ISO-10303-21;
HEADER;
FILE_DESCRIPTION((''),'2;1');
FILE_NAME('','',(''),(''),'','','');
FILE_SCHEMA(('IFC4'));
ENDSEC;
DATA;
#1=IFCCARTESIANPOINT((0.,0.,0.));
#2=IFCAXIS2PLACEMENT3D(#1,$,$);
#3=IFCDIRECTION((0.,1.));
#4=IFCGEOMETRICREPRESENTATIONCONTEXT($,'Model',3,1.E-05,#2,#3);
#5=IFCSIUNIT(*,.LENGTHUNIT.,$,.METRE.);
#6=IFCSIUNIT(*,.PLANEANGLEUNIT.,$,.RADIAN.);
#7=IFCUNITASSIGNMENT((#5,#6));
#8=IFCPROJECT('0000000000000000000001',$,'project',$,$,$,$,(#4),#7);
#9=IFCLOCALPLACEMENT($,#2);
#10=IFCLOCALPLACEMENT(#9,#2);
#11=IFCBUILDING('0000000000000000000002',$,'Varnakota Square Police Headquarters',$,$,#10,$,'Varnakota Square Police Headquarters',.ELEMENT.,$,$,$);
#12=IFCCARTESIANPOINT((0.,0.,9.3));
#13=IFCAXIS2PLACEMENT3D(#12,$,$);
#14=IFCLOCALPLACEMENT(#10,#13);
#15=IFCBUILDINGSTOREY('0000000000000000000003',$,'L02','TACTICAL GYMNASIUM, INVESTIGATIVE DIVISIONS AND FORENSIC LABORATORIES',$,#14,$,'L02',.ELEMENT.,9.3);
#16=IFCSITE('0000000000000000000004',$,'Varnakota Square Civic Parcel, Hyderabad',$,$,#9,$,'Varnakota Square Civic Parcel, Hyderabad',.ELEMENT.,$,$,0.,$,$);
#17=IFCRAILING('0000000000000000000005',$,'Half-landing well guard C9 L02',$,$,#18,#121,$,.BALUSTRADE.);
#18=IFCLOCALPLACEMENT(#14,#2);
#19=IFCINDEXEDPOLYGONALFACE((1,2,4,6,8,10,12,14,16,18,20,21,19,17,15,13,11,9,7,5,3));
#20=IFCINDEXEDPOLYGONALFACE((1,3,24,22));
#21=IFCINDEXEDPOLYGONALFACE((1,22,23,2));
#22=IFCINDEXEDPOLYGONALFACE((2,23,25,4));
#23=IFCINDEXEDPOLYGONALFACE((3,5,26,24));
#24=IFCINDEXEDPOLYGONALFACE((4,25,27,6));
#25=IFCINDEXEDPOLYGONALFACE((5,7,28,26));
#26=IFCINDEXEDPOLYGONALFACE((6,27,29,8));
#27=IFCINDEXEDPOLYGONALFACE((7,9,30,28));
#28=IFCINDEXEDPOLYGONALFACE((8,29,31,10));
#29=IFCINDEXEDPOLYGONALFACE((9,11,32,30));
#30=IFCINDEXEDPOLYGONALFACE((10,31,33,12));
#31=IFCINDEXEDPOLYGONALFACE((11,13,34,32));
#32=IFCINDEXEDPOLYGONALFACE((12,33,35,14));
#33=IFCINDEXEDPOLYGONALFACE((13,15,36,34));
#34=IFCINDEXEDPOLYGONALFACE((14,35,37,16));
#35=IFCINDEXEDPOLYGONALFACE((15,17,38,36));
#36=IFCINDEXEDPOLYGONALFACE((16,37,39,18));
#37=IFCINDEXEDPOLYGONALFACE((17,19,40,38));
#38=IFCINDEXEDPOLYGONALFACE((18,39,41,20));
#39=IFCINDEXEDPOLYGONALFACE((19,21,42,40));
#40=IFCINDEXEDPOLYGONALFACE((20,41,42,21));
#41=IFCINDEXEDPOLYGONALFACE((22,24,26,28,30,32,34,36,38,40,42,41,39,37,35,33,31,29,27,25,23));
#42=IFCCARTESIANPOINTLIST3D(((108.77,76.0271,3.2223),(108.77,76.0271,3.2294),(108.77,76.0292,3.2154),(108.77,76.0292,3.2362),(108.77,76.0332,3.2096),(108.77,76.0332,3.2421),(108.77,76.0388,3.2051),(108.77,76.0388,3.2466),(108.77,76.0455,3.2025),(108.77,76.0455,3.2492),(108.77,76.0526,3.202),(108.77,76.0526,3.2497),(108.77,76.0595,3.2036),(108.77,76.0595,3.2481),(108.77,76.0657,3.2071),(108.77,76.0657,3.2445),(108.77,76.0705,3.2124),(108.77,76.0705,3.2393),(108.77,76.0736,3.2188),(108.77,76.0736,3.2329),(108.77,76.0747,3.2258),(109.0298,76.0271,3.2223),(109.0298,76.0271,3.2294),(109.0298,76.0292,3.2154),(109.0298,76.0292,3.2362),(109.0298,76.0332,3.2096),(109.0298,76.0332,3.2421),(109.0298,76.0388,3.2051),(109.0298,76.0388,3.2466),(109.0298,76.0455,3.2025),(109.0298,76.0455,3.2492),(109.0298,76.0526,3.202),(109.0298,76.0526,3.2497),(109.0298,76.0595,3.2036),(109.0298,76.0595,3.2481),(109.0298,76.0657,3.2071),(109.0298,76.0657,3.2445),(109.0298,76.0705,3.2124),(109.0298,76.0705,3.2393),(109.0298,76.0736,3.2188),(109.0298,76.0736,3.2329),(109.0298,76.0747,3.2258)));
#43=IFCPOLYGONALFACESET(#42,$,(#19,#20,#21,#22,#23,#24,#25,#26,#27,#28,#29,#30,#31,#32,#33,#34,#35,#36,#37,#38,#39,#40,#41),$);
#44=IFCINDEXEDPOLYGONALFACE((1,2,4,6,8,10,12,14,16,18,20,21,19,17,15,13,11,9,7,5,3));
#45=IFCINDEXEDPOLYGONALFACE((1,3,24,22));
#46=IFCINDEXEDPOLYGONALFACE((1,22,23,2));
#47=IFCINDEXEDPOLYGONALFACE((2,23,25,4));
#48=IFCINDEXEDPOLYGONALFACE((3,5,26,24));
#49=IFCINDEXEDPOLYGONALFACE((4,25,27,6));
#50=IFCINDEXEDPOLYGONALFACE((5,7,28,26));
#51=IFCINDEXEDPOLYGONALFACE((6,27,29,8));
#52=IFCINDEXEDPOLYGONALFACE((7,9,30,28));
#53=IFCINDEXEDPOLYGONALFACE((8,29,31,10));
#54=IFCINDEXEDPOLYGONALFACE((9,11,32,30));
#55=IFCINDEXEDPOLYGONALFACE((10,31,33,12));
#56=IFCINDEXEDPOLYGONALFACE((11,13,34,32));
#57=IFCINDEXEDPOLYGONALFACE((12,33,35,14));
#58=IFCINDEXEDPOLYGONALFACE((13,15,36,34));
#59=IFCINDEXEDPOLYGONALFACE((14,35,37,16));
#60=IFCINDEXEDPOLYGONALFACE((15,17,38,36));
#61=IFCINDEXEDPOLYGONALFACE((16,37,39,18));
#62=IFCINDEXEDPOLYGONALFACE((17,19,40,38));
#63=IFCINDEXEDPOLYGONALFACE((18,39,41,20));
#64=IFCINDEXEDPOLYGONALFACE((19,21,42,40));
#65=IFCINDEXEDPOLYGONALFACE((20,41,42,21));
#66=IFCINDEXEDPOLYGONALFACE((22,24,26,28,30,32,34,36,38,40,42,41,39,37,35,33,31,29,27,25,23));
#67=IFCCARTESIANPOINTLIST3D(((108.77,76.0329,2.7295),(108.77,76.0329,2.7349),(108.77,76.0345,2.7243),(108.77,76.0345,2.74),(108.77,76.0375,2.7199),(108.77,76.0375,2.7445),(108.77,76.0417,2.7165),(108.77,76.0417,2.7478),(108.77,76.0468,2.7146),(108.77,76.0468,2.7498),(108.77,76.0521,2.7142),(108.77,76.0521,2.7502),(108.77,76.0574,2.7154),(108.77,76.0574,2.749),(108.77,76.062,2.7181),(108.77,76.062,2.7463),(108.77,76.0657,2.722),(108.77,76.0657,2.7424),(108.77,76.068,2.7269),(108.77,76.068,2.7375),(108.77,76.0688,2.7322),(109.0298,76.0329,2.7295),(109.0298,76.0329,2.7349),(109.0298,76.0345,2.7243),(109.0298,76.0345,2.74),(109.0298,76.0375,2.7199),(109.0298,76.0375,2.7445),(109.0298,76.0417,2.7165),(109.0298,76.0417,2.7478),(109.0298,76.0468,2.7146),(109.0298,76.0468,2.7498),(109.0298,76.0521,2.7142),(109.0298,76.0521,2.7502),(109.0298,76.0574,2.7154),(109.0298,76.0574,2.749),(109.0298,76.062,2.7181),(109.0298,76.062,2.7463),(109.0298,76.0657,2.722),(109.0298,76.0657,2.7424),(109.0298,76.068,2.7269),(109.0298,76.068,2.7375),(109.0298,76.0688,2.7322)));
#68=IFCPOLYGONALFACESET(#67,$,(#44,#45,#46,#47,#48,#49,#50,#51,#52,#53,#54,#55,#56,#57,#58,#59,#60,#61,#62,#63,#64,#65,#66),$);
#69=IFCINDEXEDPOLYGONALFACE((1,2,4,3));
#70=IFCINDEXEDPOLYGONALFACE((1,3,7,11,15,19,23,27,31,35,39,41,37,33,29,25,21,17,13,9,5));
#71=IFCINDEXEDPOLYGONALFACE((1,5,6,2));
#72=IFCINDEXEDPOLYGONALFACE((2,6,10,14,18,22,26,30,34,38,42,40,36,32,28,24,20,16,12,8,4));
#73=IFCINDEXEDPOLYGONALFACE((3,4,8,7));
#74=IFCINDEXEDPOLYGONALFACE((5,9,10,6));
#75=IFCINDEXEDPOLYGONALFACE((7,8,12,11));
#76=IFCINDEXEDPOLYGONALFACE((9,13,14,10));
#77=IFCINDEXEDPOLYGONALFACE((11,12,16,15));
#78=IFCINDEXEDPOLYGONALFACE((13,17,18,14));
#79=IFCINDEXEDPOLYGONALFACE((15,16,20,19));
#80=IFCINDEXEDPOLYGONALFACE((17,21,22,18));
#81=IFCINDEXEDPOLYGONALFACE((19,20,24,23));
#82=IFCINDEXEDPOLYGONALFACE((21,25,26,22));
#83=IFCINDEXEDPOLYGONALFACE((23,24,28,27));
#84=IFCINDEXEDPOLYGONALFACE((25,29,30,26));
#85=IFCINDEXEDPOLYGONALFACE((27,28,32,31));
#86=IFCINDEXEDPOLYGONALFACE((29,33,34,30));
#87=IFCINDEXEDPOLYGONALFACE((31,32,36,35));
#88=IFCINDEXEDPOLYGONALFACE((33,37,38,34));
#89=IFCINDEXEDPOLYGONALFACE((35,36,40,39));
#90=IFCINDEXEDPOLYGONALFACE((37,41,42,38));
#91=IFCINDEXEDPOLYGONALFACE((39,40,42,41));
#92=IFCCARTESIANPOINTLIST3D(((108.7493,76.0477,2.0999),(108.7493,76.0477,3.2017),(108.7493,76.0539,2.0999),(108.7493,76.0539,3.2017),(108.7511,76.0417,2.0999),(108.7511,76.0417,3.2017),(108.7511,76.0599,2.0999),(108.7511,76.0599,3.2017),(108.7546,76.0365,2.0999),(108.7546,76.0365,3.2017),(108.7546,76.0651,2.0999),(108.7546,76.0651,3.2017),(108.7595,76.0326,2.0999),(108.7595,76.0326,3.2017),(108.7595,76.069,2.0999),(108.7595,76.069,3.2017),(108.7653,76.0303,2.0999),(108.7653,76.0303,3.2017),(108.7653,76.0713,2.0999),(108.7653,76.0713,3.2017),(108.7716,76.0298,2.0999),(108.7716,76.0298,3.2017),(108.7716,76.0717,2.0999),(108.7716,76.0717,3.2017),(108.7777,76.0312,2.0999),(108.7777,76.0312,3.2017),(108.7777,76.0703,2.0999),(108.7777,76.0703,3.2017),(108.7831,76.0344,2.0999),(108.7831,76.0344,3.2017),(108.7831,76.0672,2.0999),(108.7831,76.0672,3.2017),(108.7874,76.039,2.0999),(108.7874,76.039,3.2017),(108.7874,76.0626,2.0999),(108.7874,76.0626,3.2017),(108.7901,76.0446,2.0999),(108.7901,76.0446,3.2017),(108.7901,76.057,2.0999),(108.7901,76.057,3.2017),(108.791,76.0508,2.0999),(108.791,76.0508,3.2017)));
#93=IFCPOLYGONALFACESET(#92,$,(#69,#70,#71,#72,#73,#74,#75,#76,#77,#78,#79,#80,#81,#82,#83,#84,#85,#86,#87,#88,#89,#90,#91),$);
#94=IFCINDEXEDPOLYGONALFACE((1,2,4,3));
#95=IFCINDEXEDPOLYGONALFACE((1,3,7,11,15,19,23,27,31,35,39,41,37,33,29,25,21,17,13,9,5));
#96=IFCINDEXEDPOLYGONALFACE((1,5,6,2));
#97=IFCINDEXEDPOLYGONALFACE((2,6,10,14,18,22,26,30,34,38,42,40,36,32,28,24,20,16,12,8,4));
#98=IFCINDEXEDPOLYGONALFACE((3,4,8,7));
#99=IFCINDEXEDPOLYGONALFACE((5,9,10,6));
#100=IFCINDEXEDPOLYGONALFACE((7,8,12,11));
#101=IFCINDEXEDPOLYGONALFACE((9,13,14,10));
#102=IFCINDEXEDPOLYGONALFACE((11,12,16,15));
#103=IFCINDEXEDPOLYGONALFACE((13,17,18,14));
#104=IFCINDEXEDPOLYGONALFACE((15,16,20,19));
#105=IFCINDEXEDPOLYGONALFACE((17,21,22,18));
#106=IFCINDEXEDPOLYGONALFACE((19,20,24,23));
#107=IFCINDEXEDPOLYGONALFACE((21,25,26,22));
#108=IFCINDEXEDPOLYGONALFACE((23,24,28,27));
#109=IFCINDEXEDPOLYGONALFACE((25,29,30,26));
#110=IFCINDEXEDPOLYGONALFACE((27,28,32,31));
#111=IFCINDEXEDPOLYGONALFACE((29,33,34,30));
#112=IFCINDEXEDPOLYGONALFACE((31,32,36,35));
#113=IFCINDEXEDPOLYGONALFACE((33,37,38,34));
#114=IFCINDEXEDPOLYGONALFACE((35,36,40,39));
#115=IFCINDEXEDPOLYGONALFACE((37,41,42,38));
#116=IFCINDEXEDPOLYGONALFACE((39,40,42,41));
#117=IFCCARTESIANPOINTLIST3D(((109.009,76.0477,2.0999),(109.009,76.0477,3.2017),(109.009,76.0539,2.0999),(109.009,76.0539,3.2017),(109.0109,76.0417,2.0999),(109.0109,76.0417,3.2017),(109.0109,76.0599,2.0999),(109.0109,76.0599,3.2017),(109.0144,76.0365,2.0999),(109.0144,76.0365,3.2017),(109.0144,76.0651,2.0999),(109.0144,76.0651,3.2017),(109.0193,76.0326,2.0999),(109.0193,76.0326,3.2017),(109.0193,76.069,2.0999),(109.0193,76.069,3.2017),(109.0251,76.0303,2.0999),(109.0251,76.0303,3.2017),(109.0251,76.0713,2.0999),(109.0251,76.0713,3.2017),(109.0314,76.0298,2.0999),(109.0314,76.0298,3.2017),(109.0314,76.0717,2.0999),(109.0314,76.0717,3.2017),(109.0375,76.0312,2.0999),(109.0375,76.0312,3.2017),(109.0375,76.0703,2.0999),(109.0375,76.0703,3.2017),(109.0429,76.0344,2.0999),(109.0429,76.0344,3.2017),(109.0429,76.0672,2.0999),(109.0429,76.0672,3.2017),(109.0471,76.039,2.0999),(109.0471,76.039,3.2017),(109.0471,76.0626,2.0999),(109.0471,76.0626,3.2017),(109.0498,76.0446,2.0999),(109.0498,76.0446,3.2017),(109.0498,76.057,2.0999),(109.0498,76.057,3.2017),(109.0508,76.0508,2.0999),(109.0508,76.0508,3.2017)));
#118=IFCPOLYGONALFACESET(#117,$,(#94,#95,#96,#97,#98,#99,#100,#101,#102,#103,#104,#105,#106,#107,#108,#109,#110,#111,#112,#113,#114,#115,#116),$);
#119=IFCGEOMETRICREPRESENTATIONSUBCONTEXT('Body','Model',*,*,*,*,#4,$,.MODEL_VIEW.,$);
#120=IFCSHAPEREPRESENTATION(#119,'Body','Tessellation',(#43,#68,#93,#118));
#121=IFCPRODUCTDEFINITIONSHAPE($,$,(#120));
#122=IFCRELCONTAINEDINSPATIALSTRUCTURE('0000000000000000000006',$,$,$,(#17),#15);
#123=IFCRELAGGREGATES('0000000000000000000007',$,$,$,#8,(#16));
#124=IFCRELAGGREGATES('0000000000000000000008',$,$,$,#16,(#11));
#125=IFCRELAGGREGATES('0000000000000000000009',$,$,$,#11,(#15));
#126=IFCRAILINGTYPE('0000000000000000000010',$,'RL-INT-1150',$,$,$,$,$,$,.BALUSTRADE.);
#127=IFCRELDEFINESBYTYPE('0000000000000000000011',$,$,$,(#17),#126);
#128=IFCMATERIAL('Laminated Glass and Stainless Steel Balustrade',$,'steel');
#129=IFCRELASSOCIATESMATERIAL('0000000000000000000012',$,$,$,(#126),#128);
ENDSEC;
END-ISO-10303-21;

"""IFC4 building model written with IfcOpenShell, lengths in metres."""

from ifc_helpers import new_model, si_unit, direction, frame, origin, origin_2d, place, context, subcontext, project, spatial, circle, extrude, material, type_object, element, save


model = new_model("IFC4")

# Units and contexts
model_context = context("Model", 3, precision=1e-05, world=origin(), true_north=direction((0.0, 1.0)))
body_context = subcontext(model_context, "Body", "Model", "MODEL_VIEW")
ifc_project = project(units=[si_unit("LENGTHUNIT", "METRE"), si_unit("PLANEANGLEUNIT", "RADIAN")], contexts=[model_context])

# Site, building, storey
site_placement = place(None, origin())
site = spatial("IfcSite", under=ifc_project, at=site_placement, Name="Varnakota Square Civic Parcel, Hyderabad", LongName="Varnakota Square Civic Parcel, Hyderabad", CompositionType="ELEMENT", RefElevation=0.0)
building_placement = place(site_placement, origin())
building = spatial("IfcBuilding", under=site, at=building_placement, Name="Varnakota Square Police Headquarters", LongName="Varnakota Square Police Headquarters", CompositionType="ELEMENT")
storey_placement = place(building_placement, frame((0.0, 0.0, 9.3)))
storey = spatial("IfcBuildingStorey", under=building, at=storey_placement, Name="L02", Description="TACTICAL GYMNASIUM, INVESTIGATIVE DIVISIONS AND FORENSIC LABORATORIES", LongName="L02", CompositionType="ELEMENT", Elevation=9.3)

# Railing
ifc_material_1 = material(Name="Laminated Glass and Stainless Steel Balustrade", Category="steel")
railing_type_1 = type_object("IfcRailingType", Name="RL-INT-1150", PredefinedType="BALUSTRADE", material=ifc_material_1)
railing_1_placement = place(storey_placement, frame((108.77, 76.0508, 2.0999)))
element("IfcRailing", 1, at=railing_1_placement, inside=storey, type_object=railing_type_1, Name="Half-landing well guard C9 L02", PredefinedType="BALUSTRADE", context=body_context, shape_type="SweptSolid", body=[
    extrude(circle(Radius=0.0239, at=origin_2d()), frame((0.0, 0.0, 1.126), z_axis=(1.0, 0.0, 0.0), x_axis=(0.0, 1.0, 0.0)), (0.0, 0.0, 1.0), 0.2598),
    extrude(circle(Radius=0.0181, at=origin_2d()), frame((0.0, 0.0, 0.6323), z_axis=(1.0, 0.0, 0.0), x_axis=(0.0, 1.0, 0.0)), (0.0, 0.0, 1.0), 0.2598),
    extrude(circle(Radius=0.021, at=origin_2d()), origin(), (0.0, 0.0, 1.0), 1.1018),
    extrude(circle(Radius=0.021, at=origin_2d()), frame((0.2598, 0.0, 0.0)), (0.0, 0.0, 1.0), 1.1018),
])

save(model, "model.ifc")
